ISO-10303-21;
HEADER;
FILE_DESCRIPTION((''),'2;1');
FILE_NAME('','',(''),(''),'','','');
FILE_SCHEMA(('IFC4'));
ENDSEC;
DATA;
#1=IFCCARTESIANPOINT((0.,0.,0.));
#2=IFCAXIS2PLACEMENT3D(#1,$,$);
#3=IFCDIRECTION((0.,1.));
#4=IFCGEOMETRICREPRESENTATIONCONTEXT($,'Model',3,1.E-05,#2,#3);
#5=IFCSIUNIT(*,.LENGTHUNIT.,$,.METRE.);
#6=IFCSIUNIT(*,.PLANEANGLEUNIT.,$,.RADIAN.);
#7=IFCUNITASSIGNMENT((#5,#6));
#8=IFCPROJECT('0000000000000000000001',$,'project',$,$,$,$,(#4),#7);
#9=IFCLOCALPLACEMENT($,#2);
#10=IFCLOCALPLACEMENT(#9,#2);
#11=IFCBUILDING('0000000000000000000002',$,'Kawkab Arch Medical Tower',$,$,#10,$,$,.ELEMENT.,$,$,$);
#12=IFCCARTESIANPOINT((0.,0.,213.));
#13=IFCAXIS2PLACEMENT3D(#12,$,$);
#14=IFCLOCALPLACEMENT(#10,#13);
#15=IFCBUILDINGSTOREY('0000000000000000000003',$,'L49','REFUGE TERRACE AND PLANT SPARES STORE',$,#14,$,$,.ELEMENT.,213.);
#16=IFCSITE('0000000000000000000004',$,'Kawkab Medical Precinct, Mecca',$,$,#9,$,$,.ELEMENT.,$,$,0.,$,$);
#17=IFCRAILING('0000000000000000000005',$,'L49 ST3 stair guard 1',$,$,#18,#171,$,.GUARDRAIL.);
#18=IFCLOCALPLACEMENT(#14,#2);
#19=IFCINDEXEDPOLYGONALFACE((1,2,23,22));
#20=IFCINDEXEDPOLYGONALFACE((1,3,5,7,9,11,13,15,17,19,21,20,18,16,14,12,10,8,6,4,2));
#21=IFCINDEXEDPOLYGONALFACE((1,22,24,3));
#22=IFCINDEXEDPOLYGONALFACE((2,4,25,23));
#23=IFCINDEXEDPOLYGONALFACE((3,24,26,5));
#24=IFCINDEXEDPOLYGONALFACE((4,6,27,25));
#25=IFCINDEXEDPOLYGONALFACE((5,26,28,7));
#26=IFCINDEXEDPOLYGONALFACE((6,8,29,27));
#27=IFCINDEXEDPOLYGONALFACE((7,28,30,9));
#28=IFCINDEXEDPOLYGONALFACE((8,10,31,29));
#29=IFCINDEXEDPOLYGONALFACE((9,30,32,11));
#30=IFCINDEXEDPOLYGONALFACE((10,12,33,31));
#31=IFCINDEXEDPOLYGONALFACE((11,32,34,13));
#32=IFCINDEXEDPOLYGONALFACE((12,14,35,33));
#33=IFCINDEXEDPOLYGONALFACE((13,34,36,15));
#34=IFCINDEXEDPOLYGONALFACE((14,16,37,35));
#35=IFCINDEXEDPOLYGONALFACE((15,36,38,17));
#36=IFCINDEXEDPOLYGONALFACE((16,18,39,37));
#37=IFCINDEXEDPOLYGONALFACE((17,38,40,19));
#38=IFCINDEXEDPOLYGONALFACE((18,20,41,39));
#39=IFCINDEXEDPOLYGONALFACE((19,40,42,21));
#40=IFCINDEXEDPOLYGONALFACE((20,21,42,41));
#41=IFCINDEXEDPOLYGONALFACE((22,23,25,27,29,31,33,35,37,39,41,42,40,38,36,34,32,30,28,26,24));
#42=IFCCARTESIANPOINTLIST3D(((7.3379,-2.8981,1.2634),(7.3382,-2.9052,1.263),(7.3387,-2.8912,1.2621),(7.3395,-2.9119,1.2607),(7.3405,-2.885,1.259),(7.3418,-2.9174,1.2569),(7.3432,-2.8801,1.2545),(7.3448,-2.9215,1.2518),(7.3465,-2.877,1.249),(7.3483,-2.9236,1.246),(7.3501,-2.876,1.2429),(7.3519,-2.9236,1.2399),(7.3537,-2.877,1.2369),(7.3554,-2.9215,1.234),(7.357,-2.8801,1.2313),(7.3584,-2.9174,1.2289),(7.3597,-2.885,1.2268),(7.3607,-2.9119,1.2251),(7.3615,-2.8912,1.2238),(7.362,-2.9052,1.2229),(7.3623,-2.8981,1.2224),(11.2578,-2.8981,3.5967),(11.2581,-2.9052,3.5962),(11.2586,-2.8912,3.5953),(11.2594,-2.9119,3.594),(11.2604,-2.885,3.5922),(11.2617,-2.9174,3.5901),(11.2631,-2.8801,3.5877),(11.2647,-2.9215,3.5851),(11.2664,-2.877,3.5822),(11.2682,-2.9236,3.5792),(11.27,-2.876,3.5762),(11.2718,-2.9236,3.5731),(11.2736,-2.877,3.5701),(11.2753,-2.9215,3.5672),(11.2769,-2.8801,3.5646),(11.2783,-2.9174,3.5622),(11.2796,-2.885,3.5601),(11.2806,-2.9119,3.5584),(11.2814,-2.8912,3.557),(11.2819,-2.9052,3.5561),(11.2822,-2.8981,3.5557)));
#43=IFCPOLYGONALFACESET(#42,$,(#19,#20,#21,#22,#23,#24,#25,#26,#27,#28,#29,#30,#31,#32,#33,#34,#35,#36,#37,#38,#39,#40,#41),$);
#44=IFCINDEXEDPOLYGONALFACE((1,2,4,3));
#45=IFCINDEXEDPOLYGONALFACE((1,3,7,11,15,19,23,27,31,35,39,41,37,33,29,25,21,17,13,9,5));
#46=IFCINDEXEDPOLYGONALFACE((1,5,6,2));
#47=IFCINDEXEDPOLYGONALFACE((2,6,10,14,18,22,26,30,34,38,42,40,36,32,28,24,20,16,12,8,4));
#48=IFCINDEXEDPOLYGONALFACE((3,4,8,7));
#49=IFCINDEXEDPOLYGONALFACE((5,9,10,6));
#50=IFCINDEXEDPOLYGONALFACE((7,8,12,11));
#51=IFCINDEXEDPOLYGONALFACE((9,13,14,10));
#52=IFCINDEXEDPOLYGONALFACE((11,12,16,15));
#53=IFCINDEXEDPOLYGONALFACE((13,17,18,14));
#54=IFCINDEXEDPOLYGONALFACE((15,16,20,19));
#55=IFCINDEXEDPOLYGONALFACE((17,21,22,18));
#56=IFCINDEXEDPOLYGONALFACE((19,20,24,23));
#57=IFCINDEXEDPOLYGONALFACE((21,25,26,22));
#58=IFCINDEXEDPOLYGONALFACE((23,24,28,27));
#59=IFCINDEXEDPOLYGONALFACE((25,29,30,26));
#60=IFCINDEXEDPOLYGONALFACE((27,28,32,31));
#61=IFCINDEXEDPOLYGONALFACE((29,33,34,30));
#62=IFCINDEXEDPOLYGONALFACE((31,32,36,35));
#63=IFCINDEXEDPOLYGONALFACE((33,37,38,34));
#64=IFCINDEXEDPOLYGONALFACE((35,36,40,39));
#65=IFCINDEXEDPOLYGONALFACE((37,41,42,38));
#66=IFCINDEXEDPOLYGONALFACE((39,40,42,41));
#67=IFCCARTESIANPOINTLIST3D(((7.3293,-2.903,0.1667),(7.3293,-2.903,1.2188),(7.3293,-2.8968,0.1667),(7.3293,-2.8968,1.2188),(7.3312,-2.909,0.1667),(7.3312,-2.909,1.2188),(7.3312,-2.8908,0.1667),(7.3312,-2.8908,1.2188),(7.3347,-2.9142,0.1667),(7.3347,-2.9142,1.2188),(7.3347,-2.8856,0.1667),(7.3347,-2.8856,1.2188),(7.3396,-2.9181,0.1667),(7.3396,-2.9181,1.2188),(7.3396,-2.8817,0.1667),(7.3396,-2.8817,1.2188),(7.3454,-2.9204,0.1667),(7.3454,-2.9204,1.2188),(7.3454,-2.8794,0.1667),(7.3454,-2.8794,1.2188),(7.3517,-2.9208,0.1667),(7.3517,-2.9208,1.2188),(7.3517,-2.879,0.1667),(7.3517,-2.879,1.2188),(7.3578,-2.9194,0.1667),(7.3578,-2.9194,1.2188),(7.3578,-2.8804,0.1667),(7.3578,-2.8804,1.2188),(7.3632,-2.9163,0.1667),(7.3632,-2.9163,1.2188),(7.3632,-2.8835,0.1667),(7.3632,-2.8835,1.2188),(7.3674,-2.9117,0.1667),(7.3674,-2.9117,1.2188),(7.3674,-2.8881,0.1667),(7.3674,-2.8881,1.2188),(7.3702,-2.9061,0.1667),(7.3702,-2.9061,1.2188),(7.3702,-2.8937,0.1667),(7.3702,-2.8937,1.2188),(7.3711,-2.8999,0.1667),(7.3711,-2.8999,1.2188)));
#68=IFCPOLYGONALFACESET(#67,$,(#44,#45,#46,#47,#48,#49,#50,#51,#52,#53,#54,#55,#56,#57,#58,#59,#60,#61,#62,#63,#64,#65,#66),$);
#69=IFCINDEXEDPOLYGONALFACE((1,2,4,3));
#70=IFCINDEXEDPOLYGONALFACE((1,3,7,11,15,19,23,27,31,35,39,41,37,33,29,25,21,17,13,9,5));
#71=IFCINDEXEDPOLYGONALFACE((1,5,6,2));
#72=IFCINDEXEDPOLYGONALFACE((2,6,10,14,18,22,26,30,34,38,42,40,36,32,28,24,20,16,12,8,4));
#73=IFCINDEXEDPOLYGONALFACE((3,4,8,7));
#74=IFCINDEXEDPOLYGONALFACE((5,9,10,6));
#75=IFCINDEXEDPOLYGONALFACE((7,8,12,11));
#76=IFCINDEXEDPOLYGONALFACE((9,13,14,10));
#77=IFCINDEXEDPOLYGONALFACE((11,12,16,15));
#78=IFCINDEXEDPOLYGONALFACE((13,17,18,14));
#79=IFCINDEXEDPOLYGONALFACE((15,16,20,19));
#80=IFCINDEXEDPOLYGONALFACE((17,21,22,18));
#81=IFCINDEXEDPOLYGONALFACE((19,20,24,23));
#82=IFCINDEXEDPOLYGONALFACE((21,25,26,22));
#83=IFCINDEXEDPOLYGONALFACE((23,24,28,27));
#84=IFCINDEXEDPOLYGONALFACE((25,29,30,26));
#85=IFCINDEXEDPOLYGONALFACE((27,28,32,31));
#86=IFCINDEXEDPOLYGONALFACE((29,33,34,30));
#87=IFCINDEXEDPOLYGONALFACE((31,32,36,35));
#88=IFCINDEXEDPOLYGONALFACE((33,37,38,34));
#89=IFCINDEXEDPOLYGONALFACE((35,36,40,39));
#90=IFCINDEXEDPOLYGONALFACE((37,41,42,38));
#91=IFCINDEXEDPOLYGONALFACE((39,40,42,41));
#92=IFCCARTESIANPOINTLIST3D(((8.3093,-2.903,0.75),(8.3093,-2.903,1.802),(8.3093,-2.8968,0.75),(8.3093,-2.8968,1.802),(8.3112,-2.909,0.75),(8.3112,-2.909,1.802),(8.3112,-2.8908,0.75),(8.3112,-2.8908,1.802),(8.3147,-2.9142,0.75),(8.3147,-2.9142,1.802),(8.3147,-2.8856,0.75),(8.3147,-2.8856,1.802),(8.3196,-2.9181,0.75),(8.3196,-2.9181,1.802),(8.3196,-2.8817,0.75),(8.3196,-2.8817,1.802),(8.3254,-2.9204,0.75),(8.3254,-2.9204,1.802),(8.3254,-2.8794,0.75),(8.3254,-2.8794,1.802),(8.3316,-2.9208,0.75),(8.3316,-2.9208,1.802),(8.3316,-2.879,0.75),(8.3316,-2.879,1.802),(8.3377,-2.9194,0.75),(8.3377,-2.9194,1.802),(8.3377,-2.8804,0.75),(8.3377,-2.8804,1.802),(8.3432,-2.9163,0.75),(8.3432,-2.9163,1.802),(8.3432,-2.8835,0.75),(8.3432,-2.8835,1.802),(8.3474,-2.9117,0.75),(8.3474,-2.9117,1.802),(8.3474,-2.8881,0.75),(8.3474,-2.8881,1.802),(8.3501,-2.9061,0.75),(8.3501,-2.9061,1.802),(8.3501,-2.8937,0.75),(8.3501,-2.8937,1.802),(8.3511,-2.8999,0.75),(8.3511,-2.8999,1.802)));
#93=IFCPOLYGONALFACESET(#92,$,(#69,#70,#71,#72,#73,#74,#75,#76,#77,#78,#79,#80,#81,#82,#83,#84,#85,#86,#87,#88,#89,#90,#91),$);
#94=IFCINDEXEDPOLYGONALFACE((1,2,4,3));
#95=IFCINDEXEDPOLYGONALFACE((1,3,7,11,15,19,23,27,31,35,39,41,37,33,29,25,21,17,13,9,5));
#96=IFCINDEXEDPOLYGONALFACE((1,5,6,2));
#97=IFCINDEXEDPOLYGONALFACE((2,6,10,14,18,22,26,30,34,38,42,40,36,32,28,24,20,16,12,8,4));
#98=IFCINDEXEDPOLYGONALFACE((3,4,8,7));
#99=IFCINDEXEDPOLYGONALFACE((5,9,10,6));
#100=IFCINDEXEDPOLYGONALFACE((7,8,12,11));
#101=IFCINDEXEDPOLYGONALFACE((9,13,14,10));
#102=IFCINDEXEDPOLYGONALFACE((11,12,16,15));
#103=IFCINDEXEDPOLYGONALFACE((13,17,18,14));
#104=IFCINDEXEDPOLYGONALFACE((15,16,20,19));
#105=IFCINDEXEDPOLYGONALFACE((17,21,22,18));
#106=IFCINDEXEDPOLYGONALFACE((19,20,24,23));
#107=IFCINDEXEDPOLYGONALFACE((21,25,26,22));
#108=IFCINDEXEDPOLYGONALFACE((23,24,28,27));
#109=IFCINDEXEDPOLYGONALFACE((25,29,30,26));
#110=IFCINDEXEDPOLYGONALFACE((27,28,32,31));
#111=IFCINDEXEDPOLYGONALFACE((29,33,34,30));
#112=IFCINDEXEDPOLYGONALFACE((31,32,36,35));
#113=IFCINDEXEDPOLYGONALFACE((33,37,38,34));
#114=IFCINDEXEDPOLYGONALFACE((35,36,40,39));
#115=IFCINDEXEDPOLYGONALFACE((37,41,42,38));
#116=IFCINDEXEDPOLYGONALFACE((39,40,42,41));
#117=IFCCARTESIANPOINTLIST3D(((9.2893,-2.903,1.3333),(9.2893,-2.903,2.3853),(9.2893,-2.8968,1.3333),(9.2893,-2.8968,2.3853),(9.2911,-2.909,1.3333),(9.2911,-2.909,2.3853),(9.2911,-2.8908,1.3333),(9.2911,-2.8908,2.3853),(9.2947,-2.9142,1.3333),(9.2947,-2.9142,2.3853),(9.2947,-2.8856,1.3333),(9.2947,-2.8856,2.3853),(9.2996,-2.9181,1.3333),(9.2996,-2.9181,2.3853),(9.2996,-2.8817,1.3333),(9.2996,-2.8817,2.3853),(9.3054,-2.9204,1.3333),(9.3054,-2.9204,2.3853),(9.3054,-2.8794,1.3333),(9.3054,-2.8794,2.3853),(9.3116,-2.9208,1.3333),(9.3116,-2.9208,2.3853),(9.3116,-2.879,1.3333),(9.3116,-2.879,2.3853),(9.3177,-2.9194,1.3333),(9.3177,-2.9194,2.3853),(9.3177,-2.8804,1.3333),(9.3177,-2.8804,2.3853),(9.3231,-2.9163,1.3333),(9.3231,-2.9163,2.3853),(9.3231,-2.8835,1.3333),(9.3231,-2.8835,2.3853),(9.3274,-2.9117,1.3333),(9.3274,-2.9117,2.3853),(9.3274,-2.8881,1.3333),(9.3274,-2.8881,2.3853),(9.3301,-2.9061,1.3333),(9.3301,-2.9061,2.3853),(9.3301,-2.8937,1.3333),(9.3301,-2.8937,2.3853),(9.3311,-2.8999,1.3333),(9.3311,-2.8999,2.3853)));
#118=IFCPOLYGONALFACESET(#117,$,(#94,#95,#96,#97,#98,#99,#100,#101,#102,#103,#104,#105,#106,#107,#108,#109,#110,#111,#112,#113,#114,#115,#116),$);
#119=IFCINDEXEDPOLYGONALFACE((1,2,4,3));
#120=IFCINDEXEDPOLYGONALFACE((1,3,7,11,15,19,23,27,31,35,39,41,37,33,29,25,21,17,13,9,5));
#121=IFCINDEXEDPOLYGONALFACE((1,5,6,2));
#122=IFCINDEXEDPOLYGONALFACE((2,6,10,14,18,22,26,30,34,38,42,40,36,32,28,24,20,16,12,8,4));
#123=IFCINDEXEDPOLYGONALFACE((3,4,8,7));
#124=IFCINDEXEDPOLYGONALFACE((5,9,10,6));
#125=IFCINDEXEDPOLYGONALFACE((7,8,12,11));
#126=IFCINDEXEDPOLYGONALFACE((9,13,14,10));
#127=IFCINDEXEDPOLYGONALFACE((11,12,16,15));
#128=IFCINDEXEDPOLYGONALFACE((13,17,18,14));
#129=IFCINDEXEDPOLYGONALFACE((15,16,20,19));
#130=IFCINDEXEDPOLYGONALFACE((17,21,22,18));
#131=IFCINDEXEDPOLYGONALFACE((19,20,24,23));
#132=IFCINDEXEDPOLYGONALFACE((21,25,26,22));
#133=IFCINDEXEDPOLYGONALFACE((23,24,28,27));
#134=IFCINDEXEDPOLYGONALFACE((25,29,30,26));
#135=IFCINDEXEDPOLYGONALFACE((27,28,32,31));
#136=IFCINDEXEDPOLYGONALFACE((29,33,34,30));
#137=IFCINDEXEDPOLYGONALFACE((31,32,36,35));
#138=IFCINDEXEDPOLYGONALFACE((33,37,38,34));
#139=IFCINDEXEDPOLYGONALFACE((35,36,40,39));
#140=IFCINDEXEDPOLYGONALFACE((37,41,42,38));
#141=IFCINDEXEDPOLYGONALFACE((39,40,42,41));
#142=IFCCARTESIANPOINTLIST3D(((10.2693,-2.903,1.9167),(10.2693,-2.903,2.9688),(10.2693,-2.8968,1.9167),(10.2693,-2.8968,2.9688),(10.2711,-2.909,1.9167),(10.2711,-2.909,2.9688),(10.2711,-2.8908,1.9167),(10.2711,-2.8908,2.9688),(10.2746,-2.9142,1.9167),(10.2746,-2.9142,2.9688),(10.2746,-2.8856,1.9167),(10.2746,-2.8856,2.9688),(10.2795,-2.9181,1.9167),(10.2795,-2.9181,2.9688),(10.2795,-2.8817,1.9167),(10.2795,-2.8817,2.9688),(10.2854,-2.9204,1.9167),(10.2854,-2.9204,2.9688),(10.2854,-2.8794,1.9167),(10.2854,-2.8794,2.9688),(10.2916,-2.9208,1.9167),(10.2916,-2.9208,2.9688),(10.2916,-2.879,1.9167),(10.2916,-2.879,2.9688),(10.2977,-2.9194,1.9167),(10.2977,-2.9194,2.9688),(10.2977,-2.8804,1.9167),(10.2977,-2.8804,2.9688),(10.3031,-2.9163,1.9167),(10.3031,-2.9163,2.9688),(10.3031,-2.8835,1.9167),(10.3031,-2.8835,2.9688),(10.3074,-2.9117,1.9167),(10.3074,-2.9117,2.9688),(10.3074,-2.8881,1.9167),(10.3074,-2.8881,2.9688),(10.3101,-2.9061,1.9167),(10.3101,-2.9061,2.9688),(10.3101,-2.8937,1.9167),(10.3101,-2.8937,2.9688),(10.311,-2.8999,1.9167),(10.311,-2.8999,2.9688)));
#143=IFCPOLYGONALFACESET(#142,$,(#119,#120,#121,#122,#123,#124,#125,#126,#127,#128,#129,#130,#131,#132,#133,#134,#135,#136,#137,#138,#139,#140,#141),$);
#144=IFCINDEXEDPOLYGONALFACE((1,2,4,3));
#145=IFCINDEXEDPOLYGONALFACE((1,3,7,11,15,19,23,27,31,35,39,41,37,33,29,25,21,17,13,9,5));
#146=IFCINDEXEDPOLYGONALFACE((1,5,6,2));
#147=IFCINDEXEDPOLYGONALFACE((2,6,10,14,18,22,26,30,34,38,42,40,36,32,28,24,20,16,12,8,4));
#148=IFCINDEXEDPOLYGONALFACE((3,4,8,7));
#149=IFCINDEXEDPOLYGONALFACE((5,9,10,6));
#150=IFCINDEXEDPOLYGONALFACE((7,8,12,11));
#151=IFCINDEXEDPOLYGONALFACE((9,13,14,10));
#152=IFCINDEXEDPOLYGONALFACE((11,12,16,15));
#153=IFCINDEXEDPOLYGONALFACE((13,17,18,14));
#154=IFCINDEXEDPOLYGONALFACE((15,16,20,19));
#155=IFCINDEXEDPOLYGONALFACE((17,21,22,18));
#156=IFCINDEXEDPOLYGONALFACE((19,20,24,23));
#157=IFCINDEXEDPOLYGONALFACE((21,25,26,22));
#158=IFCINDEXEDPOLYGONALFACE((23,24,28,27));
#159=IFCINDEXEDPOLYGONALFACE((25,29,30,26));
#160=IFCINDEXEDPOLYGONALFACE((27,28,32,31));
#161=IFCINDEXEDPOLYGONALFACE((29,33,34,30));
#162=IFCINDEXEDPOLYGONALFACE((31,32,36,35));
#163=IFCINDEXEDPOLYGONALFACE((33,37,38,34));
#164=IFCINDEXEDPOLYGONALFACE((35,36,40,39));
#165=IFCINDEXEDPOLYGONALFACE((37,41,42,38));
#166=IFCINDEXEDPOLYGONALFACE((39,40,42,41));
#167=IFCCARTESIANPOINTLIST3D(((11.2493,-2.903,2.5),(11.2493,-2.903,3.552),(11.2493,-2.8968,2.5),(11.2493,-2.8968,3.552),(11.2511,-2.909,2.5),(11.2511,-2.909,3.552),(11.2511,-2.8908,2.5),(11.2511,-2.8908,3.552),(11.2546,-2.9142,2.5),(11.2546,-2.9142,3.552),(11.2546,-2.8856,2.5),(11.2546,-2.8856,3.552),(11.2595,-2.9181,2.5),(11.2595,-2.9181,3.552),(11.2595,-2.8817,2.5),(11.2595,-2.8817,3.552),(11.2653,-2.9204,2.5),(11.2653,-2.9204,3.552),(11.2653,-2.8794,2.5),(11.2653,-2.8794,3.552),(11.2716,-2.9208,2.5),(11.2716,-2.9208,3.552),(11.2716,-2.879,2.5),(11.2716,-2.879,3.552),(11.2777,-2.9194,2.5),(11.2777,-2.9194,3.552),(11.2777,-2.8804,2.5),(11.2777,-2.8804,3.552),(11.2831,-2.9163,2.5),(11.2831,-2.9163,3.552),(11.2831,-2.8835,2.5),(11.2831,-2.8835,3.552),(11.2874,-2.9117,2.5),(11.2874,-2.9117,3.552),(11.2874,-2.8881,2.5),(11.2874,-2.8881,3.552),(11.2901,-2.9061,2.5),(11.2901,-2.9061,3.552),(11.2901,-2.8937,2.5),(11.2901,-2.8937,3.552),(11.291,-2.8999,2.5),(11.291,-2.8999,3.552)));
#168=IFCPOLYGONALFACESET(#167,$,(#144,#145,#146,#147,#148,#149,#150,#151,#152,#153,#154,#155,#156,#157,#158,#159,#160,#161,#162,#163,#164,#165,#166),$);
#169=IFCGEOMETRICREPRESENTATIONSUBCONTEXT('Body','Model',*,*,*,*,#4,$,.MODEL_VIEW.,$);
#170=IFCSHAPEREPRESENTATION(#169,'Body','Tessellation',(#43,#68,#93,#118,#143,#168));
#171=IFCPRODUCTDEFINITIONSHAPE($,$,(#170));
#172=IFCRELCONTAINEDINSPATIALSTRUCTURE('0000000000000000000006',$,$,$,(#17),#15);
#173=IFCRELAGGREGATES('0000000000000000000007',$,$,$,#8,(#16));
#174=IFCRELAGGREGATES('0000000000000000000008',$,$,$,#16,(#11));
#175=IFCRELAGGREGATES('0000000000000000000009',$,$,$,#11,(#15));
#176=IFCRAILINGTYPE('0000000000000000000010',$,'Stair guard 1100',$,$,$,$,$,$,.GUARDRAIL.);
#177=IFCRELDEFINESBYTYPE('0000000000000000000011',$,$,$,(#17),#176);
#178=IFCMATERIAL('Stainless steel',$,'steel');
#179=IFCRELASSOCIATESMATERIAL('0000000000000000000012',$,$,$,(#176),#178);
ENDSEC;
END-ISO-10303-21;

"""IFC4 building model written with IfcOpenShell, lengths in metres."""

from ifc_helpers import new_model, si_unit, direction, frame, origin, origin_2d, place, context, subcontext, project, spatial, circle, extrude, material, type_object, element, save


model = new_model("IFC4")

# Units and contexts
model_context = context("Model", 3, precision=1e-05, world=origin(), true_north=direction((0.0, 1.0)))
body_context = subcontext(model_context, "Body", "Model", "MODEL_VIEW")
ifc_project = project(units=[si_unit("LENGTHUNIT", "METRE"), si_unit("PLANEANGLEUNIT", "RADIAN")], contexts=[model_context])

# Site, building, storey
site_placement = place(None, origin())
site = spatial("IfcSite", under=ifc_project, at=site_placement, Name="Kawkab Medical Precinct, Mecca", CompositionType="ELEMENT", RefElevation=0.0)
building_placement = place(site_placement, origin())
building = spatial("IfcBuilding", under=site, at=building_placement, Name="Kawkab Arch Medical Tower", CompositionType="ELEMENT")
storey_placement = place(building_placement, frame((0.0, 0.0, 213.0)))
storey = spatial("IfcBuildingStorey", under=building, at=storey_placement, Name="L49", Description="REFUGE TERRACE AND PLANT SPARES STORE", CompositionType="ELEMENT", Elevation=213.0)

# Railing
ifc_material_1 = material(Name="Stainless steel", Category="steel")
railing_type = type_object("IfcRailingType", Name="Stair guard 1100", PredefinedType="GUARDRAIL", material=ifc_material_1)
railing_1_placement = place(storey_placement, frame((7.3501, -2.8999, 0.1667)))
element("IfcRailing", 1, at=railing_1_placement, inside=storey, type_object=railing_type, Name="L49 ST3 stair guard 1", PredefinedType="GUARDRAIL", context=body_context, shape_type="SweptSolid", body=[
    extrude(circle(Radius=0.0239, at=origin_2d()), frame((0.0, 0.0, 1.0762), z_axis=(0.859296, 0.0, 0.511478), x_axis=(0.0, 1.0, 0.0)), (0.0, 0.0, 1.0), 4.5618),
    extrude(circle(Radius=0.021, at=origin_2d()), origin(), (0.0, 0.0, 1.0), 1.052),
    extrude(circle(Radius=0.021, at=origin_2d()), frame((0.98, 0.0, 0.5833)), (0.0, 0.0, 1.0), 1.052),
    extrude(circle(Radius=0.021, at=origin_2d()), frame((1.96, 0.0, 1.1665)), (0.0, 0.0, 1.0), 1.052),
    extrude(circle(Radius=0.021, at=origin_2d()), frame((2.9399, 0.0, 1.75)), (0.0, 0.0, 1.0), 1.052),
    extrude(circle(Radius=0.021, at=origin_2d()), frame((3.9199, 0.0, 2.3333)), (0.0, 0.0, 1.0), 1.052),
])

save(model, "model.ifc")
